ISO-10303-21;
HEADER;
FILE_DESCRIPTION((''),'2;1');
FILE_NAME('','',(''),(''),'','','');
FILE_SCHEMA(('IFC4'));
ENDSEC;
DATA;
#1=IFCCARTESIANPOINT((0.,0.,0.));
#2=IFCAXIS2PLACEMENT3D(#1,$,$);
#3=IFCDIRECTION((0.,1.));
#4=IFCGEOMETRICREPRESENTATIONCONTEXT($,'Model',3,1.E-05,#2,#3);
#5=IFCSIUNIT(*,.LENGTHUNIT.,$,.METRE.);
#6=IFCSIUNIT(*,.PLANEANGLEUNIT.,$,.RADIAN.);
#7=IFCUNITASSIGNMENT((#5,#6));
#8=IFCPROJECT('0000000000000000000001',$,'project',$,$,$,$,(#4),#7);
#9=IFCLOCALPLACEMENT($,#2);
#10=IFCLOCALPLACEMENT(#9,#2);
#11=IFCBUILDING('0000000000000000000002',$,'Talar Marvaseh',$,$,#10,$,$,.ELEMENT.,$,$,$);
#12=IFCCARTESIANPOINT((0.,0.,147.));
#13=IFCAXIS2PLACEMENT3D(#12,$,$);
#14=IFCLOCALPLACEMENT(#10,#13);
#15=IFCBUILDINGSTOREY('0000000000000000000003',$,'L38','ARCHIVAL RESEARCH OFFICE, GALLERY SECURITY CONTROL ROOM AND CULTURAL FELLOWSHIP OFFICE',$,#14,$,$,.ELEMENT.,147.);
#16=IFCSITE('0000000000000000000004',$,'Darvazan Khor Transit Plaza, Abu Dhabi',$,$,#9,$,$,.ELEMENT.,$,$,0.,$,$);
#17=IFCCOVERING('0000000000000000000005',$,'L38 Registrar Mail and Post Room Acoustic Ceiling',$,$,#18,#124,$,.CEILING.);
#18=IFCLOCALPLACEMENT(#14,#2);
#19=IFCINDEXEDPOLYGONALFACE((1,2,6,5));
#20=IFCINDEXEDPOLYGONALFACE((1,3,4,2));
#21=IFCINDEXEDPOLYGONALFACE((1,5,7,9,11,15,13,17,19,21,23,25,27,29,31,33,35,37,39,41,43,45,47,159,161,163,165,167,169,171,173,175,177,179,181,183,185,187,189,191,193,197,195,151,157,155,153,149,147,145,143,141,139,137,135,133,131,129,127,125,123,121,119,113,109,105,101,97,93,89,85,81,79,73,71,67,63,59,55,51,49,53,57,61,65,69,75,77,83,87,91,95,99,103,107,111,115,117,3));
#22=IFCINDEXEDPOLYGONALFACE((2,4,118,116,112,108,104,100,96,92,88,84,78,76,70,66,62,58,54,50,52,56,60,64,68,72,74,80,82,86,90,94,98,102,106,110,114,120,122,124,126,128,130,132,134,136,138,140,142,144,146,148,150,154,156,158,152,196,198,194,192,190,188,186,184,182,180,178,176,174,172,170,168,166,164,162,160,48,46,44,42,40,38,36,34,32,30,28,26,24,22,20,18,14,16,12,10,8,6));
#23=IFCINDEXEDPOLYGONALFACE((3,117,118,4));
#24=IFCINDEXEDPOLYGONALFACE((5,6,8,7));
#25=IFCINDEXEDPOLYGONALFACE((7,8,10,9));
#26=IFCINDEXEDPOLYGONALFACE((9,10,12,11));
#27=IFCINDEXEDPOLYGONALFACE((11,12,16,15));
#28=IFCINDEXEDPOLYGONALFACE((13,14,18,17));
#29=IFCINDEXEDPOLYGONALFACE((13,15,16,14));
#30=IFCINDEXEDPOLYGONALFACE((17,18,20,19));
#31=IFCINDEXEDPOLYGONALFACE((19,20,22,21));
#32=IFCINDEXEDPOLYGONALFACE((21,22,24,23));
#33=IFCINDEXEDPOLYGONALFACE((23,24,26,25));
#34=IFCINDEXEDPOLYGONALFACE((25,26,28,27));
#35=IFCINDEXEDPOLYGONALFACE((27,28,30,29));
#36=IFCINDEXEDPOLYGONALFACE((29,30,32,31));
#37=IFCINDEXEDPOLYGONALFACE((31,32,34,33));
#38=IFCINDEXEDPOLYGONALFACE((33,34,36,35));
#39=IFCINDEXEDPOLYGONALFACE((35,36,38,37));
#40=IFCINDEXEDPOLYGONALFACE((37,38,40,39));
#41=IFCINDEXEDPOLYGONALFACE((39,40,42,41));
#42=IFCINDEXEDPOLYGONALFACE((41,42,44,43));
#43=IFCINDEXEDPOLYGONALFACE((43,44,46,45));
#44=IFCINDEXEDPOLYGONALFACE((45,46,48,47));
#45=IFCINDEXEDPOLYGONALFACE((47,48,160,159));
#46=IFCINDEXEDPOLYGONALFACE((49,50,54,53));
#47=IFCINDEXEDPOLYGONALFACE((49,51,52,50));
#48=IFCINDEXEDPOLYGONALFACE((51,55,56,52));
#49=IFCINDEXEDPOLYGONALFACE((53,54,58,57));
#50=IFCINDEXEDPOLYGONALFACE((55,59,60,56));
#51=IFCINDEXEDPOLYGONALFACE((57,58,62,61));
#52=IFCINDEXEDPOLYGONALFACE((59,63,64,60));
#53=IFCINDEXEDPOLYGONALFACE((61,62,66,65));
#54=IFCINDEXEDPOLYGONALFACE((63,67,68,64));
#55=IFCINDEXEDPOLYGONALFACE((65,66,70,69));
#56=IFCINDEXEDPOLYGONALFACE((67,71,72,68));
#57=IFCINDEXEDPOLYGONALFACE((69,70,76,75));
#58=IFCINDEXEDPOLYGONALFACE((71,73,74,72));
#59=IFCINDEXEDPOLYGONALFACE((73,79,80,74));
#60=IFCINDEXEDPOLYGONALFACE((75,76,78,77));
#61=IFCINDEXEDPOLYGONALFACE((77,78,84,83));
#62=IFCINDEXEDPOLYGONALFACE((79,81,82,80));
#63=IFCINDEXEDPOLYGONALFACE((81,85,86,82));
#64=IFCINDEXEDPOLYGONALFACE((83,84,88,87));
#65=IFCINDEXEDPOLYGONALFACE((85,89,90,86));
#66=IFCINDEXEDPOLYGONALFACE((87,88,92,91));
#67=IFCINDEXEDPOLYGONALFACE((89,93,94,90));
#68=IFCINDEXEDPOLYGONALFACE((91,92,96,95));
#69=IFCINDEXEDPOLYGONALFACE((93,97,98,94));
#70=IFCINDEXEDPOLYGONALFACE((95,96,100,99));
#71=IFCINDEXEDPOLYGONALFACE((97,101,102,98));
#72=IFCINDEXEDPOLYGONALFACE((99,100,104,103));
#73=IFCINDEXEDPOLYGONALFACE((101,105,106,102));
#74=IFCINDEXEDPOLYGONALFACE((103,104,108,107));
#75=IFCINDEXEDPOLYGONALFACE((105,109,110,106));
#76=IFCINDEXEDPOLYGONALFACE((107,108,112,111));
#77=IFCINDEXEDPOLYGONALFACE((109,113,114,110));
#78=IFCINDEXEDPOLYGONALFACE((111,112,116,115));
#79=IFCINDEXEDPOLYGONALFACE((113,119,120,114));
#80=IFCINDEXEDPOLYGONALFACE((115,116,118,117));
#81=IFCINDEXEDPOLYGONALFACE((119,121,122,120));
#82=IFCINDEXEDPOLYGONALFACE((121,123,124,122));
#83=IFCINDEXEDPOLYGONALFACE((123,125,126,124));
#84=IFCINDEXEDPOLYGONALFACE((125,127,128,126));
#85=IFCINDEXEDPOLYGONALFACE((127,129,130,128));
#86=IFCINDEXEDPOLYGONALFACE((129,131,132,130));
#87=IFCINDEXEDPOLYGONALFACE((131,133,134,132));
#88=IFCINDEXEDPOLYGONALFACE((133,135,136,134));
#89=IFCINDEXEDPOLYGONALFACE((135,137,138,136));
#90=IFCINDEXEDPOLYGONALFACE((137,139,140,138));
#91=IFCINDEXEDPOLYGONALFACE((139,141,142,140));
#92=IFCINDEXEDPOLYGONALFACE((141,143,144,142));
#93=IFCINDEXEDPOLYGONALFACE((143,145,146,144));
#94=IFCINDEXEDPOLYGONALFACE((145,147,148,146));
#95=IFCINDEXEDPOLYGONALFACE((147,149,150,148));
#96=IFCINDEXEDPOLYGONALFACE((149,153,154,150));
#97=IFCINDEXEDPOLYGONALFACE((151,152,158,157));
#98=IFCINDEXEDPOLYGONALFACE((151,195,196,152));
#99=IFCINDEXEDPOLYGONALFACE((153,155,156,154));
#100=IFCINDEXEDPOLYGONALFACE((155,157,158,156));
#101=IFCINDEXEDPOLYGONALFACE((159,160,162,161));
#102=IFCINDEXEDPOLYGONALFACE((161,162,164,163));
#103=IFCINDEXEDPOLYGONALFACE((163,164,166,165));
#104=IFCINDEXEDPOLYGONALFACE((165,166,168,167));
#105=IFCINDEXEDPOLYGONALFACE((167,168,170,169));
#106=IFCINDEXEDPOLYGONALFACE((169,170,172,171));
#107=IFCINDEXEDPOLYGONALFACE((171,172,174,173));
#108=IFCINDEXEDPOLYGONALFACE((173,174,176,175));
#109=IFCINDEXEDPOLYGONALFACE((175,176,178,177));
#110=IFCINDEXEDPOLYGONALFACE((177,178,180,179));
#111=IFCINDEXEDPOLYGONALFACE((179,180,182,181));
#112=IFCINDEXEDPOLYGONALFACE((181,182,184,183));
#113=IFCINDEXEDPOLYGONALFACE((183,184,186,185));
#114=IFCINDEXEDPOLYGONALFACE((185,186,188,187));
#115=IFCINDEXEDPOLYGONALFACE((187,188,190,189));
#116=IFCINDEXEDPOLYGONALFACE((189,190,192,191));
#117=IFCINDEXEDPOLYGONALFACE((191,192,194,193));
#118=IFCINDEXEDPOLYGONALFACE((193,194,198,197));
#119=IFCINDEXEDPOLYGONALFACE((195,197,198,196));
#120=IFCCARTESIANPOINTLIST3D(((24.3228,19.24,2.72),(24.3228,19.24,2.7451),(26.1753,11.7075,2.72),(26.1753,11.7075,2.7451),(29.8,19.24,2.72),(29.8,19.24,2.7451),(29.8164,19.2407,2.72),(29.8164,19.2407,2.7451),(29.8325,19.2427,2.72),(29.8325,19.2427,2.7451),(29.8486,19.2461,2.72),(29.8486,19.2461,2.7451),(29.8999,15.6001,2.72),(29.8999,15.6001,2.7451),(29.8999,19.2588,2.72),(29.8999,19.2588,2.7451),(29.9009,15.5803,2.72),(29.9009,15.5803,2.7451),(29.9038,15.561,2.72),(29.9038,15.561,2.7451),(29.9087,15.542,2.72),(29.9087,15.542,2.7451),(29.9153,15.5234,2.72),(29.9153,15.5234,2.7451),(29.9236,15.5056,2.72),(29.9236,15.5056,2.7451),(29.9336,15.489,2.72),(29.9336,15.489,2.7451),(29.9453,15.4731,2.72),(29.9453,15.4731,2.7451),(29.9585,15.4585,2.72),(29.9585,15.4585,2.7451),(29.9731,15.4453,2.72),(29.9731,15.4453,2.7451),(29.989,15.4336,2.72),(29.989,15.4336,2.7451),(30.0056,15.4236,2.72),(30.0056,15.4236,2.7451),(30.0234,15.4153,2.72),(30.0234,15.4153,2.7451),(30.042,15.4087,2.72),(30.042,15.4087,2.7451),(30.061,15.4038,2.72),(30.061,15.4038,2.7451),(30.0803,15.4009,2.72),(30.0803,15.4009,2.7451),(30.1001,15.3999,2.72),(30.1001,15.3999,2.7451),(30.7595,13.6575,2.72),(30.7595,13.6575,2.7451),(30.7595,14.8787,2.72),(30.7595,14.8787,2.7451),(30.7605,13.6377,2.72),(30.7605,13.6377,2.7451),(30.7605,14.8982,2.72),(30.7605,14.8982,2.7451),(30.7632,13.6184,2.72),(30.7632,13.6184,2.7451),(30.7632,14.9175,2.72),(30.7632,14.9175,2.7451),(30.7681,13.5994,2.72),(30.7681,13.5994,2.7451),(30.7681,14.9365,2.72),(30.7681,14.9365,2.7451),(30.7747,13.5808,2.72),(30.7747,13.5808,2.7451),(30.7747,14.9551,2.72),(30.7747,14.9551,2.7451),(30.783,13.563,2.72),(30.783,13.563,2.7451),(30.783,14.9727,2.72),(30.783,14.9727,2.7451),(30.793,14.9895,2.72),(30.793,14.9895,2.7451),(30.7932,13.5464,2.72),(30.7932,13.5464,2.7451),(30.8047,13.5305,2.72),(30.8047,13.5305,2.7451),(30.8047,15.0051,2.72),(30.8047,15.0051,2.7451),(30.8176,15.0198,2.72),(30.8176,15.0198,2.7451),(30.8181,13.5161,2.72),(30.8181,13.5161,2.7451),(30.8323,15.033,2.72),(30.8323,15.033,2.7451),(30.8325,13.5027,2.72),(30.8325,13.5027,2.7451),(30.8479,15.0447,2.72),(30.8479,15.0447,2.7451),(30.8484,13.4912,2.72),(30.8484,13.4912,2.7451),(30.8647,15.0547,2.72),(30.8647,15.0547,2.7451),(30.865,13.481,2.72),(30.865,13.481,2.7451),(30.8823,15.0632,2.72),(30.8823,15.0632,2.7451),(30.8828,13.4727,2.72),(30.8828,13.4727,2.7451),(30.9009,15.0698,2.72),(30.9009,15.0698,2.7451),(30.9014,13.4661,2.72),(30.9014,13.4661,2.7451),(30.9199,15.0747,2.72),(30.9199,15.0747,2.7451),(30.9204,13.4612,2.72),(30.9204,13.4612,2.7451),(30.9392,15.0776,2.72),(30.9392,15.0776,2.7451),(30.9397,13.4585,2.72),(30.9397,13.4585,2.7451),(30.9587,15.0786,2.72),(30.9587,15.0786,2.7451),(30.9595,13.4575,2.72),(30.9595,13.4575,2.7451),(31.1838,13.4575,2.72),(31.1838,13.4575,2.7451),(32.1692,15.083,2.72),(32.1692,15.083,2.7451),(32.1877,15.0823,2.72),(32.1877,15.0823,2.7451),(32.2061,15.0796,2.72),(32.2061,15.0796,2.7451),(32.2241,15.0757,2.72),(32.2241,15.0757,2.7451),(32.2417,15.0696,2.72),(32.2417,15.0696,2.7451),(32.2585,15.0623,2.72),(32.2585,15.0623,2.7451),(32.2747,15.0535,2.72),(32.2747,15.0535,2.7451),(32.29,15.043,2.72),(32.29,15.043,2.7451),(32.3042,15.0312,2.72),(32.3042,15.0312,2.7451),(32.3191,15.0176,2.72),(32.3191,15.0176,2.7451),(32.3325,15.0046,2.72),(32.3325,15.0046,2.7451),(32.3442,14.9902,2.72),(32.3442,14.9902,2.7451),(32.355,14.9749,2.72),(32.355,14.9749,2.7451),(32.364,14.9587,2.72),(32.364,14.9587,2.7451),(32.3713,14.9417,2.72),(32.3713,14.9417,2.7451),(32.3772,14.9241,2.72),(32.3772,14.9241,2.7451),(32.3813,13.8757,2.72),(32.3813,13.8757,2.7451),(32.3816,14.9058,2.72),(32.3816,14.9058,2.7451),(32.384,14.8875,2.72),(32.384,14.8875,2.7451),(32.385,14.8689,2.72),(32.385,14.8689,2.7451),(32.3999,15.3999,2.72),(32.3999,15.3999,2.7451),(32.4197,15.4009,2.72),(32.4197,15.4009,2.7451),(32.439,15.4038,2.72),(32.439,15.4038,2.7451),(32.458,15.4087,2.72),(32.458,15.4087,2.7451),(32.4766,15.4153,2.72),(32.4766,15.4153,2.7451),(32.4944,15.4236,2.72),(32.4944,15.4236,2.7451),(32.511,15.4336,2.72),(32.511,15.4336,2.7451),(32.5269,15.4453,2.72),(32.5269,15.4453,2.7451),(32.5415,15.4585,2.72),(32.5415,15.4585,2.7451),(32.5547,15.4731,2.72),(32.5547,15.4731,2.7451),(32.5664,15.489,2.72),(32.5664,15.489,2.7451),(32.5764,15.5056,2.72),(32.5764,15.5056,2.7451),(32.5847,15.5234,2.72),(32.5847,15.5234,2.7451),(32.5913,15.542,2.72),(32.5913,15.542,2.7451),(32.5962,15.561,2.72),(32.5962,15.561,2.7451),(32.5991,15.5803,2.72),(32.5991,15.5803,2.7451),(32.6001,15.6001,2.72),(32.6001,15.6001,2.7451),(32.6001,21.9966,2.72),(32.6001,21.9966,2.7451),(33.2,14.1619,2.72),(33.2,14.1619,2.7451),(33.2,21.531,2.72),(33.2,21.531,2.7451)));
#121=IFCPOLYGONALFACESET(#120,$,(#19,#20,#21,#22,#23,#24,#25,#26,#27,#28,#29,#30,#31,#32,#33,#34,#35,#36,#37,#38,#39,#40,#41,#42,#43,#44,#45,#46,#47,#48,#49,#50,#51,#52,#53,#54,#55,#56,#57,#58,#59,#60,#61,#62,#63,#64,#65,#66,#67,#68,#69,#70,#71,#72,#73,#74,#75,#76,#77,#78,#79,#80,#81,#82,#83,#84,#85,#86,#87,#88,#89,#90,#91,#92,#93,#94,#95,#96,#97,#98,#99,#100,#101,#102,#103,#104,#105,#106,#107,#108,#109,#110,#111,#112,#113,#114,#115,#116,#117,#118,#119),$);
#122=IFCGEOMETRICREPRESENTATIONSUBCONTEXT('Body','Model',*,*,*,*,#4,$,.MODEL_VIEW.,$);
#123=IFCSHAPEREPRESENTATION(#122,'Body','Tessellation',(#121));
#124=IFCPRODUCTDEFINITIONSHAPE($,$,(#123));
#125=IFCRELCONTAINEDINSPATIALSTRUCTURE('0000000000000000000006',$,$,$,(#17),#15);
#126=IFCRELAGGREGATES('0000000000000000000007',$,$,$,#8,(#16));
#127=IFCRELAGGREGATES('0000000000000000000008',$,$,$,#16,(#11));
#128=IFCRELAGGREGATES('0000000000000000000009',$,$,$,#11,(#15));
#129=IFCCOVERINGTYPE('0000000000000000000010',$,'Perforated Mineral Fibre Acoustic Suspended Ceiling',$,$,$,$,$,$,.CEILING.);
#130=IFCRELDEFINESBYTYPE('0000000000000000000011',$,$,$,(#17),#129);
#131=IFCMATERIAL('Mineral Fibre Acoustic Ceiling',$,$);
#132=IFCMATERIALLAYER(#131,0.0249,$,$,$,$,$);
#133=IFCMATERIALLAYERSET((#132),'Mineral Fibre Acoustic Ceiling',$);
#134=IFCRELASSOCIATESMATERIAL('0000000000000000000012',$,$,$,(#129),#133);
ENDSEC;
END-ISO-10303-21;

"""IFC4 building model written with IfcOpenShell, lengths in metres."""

from ifc_helpers import new_model, si_unit, direction, frame, origin, place, context, subcontext, project, spatial, polyline, outline, extrude, material, layer, layer_set, type_object, element, save


model = new_model("IFC4")

# Units and contexts
model_context = context("Model", 3, precision=1e-05, world=origin(), true_north=direction((0.0, 1.0)))
body_context = subcontext(model_context, "Body", "Model", "MODEL_VIEW")
ifc_project = project(units=[si_unit("LENGTHUNIT", "METRE"), si_unit("PLANEANGLEUNIT", "RADIAN")], contexts=[model_context])

# Site, building, storey
site_placement = place(None, origin())
site = spatial("IfcSite", under=ifc_project, at=site_placement, Name="Darvazan Khor Transit Plaza, Abu Dhabi", CompositionType="ELEMENT", RefElevation=0.0)
building_placement = place(site_placement, origin())
building = spatial("IfcBuilding", under=site, at=building_placement, Name="Talar Marvaseh", CompositionType="ELEMENT")
storey_placement = place(building_placement, frame((0.0, 0.0, 147.0)))
storey = spatial("IfcBuildingStorey", under=building, at=storey_placement, Name="L38", Description="ARCHIVAL RESEARCH OFFICE, GALLERY SECURITY CONTROL ROOM AND CULTURAL FELLOWSHIP OFFICE", CompositionType="ELEMENT", Elevation=147.0)

# Covering
ifc_material_1 = material(Name="Mineral Fibre Acoustic Ceiling")
ifc_layer_1 = layer(ifc_material_1, 0.0249)
ifc_layer_set_1 = layer_set([ifc_layer_1], Name="Mineral Fibre Acoustic Ceiling")
covering_type_1 = type_object("IfcCoveringType", Name="Perforated Mineral Fibre Acoustic Suspended Ceiling", PredefinedType="CEILING", material=ifc_layer_set_1)
covering_1_placement = place(storey_placement, frame((0.0, 0.0, 2.72)))
element("IfcCovering", 1, at=covering_1_placement, inside=storey, type_object=covering_type_1, Name="L38 Registrar Mail and Post Room Acoustic Ceiling", PredefinedType="CEILING", context=body_context, shape_type="SweptSolid", body=[
    extrude(outline(polyline([(29.9009, 15.5803), (29.9038, 15.561), (29.9087, 15.542), (29.9153, 15.5234), (29.9236, 15.5056), (29.9336, 15.489), (29.9453, 15.4731), (29.9585, 15.4585), (29.9731, 15.4453), (29.989, 15.4336), (30.0056, 15.4236), (30.0234, 15.4153), (30.042, 15.4087), (30.061, 15.4038), (30.0803, 15.4009), (30.1001, 15.3999), (32.3999, 15.3999), (32.4197, 15.4009), (32.439, 15.4038), (32.458, 15.4087), (32.4766, 15.4153), (32.4944, 15.4236), (32.511, 15.4336), (32.5269, 15.4453), (32.5415, 15.4585), (32.5547, 15.4731), (32.5664, 15.489), (32.5764, 15.5056), (32.5847, 15.5234), (32.5913, 15.542), (32.5962, 15.561), (32.5991, 15.5803), (32.6001, 15.6001), (32.6001, 21.9966), (33.2, 21.531), (33.2, 14.1619), (32.3813, 13.8757), (32.385, 14.8689), (32.384, 14.8875), (32.3816, 14.9058), (32.3772, 14.9241), (32.3713, 14.9417), (32.364, 14.9587), (32.355, 14.9749), (32.3442, 14.9902), (32.3325, 15.0046), (32.3191, 15.0176), (32.3042, 15.0312), (32.29, 15.043), (32.2747, 15.0535), (32.2585, 15.0623), (32.2417, 15.0696), (32.2241, 15.0757), (32.2061, 15.0796), (32.1877, 15.0823), (32.1692, 15.083), (30.9587, 15.0786), (30.9392, 15.0776), (30.9199, 15.0747), (30.9009, 15.0698), (30.8823, 15.0632), (30.8647, 15.0547), (30.8479, 15.0447), (30.8323, 15.033), (30.8176, 15.0198), (30.8047, 15.0051), (30.793, 14.9895), (30.783, 14.9727), (30.7747, 14.9551), (30.7681, 14.9365), (30.7632, 14.9175), (30.7605, 14.8982), (30.7595, 14.8787), (30.7595, 13.6575), (30.7605, 13.6377), (30.7632, 13.6184), (30.7681, 13.5994), (30.7747, 13.5808), (30.783, 13.563), (30.7932, 13.5464), (30.8047, 13.5305), (30.8181, 13.5161), (30.8325, 13.5027), (30.8484, 13.4912), (30.865, 13.481), (30.8828, 13.4727), (30.9014, 13.4661), (30.9204, 13.4612), (30.9397, 13.4585), (30.9595, 13.4575), (31.1838, 13.4575), (26.1753, 11.7075), (24.3228, 19.24), (29.8, 19.24), (29.8164, 19.2407), (29.8325, 19.2427), (29.8486, 19.2461), (29.8999, 19.2588), (29.8999, 15.6001), (29.9009, 15.5803)])), origin(), (0.0, 0.0, 1.0), 0.0251),
])

save(model, "model.ifc")
